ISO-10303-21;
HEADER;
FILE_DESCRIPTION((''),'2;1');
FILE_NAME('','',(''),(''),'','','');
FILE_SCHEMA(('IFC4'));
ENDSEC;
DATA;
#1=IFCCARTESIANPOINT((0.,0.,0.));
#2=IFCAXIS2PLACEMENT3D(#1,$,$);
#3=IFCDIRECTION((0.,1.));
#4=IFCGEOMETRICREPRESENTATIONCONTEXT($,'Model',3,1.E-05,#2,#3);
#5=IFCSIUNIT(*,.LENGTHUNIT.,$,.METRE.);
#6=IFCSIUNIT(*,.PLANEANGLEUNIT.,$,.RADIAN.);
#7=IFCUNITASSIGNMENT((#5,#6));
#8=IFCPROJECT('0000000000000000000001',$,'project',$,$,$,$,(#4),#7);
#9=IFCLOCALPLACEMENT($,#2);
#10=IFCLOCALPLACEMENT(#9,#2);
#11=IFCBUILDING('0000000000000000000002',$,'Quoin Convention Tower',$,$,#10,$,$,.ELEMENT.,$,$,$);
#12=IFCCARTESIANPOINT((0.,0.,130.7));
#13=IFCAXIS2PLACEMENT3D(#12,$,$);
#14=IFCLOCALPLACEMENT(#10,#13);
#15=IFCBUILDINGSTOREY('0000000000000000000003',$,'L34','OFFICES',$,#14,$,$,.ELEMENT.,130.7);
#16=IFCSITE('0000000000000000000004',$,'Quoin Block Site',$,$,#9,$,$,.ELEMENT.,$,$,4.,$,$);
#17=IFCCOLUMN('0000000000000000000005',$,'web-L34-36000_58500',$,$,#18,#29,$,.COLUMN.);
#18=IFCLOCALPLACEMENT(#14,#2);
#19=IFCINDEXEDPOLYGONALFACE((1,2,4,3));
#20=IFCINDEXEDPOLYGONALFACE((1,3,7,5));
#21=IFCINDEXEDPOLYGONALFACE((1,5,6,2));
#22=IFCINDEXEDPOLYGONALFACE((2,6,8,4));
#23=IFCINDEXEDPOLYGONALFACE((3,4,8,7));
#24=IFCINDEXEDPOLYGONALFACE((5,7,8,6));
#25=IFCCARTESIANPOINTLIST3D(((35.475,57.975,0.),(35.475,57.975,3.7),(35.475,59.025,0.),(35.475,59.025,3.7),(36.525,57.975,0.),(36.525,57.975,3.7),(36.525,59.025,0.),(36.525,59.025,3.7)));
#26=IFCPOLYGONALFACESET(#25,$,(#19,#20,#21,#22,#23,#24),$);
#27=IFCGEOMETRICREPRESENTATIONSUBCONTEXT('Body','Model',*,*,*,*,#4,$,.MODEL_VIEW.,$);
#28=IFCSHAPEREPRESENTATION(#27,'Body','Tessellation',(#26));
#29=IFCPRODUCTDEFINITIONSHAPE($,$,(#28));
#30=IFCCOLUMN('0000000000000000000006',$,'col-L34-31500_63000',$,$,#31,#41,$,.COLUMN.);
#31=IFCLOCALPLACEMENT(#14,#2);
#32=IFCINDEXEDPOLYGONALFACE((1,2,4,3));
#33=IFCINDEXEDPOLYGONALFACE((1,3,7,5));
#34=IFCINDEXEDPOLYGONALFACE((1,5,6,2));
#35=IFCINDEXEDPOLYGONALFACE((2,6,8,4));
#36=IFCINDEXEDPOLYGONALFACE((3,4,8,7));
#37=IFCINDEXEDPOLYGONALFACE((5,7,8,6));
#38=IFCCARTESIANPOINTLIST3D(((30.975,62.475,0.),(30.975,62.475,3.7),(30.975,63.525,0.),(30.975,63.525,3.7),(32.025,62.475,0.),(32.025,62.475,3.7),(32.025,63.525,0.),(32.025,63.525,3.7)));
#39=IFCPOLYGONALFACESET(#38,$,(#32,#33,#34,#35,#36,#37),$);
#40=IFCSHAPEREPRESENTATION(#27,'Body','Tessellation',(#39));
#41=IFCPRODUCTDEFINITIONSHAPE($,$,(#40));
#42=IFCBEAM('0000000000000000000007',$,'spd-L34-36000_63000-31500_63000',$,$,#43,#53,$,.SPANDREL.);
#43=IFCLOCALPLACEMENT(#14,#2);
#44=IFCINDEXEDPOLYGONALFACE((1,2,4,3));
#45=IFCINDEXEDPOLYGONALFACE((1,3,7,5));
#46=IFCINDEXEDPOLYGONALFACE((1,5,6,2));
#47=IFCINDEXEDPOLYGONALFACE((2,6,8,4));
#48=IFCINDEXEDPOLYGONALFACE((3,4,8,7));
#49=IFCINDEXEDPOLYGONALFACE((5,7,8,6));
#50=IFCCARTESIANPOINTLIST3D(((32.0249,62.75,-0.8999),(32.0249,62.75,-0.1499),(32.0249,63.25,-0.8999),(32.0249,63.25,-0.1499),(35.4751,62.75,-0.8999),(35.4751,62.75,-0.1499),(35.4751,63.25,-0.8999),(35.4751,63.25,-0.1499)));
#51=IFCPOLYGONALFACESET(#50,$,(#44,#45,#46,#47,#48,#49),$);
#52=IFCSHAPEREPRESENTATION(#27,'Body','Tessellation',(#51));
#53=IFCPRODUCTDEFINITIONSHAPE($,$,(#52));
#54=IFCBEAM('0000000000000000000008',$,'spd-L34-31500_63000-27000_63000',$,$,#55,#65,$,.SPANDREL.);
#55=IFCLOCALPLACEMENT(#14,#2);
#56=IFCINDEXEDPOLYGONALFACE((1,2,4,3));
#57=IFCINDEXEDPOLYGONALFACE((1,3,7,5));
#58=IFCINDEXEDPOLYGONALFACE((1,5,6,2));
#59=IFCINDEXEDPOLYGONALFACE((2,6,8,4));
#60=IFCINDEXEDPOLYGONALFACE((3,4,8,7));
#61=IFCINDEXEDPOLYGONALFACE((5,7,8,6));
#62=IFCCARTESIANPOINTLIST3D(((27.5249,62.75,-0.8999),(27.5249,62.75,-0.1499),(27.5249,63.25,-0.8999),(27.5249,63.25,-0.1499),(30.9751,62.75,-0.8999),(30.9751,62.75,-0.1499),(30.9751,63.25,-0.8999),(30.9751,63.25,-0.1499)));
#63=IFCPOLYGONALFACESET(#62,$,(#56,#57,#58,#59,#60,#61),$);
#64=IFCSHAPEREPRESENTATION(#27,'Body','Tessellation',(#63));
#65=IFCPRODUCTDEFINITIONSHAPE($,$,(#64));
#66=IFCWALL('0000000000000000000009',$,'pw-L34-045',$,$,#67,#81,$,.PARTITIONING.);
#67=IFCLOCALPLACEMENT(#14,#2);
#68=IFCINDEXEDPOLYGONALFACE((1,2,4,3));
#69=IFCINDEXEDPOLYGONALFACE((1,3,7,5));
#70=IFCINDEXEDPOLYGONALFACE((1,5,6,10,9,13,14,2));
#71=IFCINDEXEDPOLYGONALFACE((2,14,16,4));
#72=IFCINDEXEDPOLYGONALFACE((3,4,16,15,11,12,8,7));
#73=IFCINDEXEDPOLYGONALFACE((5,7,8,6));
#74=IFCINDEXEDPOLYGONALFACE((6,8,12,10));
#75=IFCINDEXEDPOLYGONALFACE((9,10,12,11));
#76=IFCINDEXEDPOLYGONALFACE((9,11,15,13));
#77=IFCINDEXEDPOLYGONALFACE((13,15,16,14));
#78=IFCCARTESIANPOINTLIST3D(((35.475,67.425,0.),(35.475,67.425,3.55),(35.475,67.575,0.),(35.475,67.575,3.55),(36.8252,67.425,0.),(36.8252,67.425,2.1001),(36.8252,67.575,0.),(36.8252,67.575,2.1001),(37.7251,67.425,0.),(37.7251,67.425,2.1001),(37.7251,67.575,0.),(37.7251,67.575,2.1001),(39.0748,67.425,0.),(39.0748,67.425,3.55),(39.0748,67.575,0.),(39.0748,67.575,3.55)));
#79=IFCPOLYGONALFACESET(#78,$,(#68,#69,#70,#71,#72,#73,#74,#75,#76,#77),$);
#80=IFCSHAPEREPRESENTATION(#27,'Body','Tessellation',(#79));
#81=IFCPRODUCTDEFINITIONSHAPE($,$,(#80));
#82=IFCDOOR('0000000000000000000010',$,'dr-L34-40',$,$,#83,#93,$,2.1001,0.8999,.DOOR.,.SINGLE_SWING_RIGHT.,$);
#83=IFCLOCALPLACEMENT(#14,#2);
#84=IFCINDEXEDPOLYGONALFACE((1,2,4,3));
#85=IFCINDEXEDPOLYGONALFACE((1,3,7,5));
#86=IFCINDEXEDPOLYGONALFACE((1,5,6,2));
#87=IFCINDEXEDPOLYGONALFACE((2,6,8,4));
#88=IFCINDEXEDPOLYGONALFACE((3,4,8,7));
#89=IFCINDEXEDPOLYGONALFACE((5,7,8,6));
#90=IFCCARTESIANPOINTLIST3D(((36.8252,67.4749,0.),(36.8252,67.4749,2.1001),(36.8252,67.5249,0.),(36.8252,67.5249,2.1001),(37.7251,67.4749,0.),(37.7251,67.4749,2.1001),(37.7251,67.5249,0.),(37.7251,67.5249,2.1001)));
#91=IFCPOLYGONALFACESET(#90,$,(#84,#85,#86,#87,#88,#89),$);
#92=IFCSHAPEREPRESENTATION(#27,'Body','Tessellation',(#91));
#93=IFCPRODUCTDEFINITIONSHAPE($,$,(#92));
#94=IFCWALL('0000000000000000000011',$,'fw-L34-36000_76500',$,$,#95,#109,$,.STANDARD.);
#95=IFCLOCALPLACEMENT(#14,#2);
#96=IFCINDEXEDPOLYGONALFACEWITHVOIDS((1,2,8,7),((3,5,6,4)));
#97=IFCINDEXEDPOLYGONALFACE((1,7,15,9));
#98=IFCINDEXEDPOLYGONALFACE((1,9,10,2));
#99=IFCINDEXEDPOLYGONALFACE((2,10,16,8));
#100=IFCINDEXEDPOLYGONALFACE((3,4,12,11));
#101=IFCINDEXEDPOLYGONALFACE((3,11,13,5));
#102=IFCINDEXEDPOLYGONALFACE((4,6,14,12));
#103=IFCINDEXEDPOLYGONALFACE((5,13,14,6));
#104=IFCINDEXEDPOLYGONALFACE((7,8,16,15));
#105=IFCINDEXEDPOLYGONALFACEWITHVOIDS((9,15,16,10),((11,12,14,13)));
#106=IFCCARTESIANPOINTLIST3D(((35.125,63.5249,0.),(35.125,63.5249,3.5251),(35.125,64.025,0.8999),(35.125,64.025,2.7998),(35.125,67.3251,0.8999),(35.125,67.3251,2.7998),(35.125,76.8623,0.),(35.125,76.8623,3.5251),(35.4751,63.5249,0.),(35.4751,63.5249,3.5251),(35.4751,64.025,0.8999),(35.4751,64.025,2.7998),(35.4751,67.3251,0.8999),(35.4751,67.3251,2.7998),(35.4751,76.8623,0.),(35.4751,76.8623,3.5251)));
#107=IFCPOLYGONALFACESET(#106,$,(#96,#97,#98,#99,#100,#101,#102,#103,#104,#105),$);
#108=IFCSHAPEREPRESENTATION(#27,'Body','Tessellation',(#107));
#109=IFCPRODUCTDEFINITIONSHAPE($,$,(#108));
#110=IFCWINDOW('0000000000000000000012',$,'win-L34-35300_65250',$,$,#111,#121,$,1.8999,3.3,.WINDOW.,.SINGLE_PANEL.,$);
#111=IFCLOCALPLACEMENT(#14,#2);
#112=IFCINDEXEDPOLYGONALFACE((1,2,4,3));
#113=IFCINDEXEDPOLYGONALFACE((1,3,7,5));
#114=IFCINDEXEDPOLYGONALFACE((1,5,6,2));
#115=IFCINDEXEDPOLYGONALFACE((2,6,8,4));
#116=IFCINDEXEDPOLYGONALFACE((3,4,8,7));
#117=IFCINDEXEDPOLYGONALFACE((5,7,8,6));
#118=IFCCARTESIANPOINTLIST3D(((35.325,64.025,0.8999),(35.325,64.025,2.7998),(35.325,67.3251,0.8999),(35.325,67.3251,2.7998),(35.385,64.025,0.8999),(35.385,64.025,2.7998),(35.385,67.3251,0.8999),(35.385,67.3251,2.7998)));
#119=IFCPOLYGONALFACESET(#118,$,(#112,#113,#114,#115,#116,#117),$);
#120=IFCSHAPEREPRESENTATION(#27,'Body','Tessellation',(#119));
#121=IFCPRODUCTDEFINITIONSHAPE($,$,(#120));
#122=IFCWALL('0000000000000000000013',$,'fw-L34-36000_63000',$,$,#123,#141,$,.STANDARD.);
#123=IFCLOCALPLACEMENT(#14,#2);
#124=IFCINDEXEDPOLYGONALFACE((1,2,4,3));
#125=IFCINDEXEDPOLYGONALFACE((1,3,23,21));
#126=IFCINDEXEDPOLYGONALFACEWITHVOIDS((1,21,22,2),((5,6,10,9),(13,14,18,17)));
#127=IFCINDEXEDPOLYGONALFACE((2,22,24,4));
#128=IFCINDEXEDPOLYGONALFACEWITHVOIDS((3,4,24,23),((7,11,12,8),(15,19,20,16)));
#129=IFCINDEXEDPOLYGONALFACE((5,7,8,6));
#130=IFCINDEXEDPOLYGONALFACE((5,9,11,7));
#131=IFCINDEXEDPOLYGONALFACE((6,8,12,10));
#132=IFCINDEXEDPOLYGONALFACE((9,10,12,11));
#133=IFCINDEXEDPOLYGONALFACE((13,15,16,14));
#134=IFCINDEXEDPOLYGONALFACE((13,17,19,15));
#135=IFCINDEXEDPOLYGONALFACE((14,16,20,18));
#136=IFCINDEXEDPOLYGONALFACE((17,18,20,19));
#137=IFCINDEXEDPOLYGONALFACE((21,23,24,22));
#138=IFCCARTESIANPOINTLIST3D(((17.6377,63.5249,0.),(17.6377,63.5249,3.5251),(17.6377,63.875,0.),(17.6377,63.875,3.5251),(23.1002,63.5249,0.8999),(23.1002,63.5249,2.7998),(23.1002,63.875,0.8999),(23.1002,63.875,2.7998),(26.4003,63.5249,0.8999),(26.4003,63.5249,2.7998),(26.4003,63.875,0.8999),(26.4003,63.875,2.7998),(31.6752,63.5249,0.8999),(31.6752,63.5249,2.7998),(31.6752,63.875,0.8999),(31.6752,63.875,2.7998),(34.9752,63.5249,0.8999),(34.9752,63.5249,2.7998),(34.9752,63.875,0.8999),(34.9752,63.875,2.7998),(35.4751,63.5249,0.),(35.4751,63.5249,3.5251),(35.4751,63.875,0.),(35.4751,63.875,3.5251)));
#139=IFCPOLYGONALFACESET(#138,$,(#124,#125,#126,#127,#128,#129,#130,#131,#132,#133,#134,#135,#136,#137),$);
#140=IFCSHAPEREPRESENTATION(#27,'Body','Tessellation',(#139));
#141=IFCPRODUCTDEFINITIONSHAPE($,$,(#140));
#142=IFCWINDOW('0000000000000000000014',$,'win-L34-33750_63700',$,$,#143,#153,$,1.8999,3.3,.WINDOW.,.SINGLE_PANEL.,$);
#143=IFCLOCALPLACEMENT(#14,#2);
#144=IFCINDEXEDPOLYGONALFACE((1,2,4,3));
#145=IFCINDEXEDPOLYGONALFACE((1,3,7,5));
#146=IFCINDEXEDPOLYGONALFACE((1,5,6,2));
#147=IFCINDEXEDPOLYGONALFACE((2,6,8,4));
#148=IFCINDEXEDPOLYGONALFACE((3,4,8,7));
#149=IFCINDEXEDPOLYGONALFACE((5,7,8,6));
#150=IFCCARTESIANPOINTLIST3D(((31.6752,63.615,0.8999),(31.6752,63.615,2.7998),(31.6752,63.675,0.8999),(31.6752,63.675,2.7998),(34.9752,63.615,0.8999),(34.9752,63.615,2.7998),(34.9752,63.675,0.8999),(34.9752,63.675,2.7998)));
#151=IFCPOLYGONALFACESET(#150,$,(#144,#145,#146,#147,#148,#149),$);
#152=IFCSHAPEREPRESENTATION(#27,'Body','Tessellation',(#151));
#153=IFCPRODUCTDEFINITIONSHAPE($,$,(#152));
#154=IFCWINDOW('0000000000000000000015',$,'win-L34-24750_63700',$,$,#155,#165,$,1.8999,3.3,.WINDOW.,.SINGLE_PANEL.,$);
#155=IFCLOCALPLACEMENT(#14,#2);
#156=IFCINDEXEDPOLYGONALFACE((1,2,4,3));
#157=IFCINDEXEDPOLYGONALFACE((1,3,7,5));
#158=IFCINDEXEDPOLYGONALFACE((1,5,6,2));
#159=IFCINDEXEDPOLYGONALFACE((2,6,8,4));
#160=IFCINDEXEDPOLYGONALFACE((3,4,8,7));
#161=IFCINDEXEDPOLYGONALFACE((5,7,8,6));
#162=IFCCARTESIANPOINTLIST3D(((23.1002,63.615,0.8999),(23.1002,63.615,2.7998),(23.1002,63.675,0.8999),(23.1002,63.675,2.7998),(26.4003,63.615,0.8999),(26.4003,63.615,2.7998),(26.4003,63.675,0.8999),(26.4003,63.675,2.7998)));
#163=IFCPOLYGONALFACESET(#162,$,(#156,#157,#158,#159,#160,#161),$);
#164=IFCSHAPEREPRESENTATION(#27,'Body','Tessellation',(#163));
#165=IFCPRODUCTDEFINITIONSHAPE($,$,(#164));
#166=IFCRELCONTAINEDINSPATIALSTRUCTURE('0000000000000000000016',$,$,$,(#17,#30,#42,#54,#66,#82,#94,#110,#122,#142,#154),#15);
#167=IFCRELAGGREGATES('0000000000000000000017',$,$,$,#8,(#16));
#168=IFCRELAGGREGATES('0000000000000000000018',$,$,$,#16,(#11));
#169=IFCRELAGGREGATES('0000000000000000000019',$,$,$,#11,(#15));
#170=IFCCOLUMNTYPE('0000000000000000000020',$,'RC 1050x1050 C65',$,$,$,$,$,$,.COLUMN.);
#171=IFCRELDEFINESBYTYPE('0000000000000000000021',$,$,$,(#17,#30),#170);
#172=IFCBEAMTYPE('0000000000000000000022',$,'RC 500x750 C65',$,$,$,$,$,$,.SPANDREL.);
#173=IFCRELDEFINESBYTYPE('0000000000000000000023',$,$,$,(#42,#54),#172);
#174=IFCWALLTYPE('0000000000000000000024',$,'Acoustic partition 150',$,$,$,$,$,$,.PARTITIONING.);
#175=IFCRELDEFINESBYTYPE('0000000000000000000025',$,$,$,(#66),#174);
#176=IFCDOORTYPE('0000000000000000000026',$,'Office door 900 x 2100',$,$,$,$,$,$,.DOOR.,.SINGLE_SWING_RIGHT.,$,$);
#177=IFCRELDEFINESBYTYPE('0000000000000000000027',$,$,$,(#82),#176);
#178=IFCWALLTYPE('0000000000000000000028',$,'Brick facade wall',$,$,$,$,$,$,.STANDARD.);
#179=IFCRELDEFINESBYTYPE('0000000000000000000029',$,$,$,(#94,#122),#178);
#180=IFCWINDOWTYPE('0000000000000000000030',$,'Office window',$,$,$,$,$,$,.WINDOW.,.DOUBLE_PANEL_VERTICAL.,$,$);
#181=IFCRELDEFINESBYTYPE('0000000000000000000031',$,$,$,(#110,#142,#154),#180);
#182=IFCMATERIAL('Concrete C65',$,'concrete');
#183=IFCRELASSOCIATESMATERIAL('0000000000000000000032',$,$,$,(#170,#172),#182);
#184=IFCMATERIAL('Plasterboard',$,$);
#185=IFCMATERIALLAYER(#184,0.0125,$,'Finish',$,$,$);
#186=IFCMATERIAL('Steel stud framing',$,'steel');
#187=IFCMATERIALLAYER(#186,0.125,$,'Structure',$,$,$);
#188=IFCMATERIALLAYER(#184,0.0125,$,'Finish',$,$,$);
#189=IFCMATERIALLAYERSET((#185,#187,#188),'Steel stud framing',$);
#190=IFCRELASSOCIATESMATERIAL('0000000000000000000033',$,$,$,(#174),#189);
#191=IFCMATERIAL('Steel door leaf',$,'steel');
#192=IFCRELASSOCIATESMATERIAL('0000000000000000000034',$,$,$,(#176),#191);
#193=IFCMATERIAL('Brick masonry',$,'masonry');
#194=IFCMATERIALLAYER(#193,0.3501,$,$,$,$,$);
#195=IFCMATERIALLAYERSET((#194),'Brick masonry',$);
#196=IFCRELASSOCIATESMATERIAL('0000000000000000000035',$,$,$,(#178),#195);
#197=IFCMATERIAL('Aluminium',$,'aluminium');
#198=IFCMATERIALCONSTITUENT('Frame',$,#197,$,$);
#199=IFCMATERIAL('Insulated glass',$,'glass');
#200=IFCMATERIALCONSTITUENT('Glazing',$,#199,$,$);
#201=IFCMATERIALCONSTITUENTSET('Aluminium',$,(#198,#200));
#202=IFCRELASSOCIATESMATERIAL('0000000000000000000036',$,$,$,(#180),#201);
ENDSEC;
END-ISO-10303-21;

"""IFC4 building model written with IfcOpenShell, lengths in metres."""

from ifc_helpers import new_model, si_unit, direction, frame, frame_2d, origin, origin_2d, place, context, subcontext, project, spatial, rectangle, extrude, material, layer, layer_set, constituent, constituent_set, material_profile, profile_set, type_object, element, fill, save


model = new_model("IFC4")

# Units and contexts
model_context = context("Model", 3, precision=1e-05, world=origin(), true_north=direction((0.0, 1.0)))
body_context = subcontext(model_context, "Body", "Model", "MODEL_VIEW")
ifc_project = project(units=[si_unit("LENGTHUNIT", "METRE"), si_unit("PLANEANGLEUNIT", "RADIAN")], contexts=[model_context])

# Site, building, storey
site_placement = place(None, origin())
site = spatial("IfcSite", under=ifc_project, at=site_placement, Name="Quoin Block Site", CompositionType="ELEMENT", RefElevation=4.0)
building_placement = place(site_placement, origin())
building = spatial("IfcBuilding", under=site, at=building_placement, Name="Quoin Convention Tower", CompositionType="ELEMENT")
storey_placement = place(building_placement, frame((0.0, 0.0, 130.7)))
storey = spatial("IfcBuildingStorey", under=building, at=storey_placement, Name="L34", Description="OFFICES", CompositionType="ELEMENT", Elevation=130.7)

# Columns
ifc_material_1 = material(Name="Concrete C65", Category="concrete")
ifc_material_profile_1 = material_profile(ifc_material_1, rectangle(XDim=1.05, YDim=1.05, at=origin_2d()), Name="RC 1050x1050")
ifc_profile_set_1 = profile_set([ifc_material_profile_1], Name="Concrete C65")
column_type = type_object("IfcColumnType", Name="RC 1050x1050 C65", PredefinedType="COLUMN", material=ifc_profile_set_1)
for number, where, z_axis, x_axis, name in (
    (1, (36.0, 58.5, 0.0), (0.0, 0.0, 1.0), (1.0, 0.0, 0.0), "web-L34-36000_58500"),
    (2, (31.5, 63.0, 0.0), (0.0, 0.0, 1.0), (1.0, 0.0, 0.0), "col-L34-31500_63000"),
):
    element("IfcColumn", number, at=place(storey_placement, frame(where, z_axis=z_axis, x_axis=x_axis)), inside=storey, type_object=column_type, Name=name, PredefinedType="COLUMN", context=body_context, shape_type="SweptSolid", body=[
        extrude(rectangle(XDim=1.05, YDim=1.05, at=origin_2d()), origin(), (0.0, 0.0, 1.0), 3.7),
    ])

# Beams
ifc_material_profile_2 = material_profile(ifc_material_1, rectangle(XDim=0.5, YDim=0.75, at=origin_2d()), Name="RC 500x750")
ifc_profile_set_2 = profile_set([ifc_material_profile_2], Name="Concrete C65")
beam_type = type_object("IfcBeamType", Name="RC 500x750 C65", PredefinedType="SPANDREL", material=ifc_profile_set_2)
for number, where, z_axis, x_axis, name in (
    (3, (35.4751, 63.0, -0.5249), (-1.0, 0.0, 0.0), (0.0, -1.0, 0.0), "spd-L34-36000_63000-31500_63000"),
    (4, (30.9751, 63.0, -0.5249), (-1.0, 0.0, 0.0), (0.0, -1.0, 0.0), "spd-L34-31500_63000-27000_63000"),
):
    element("IfcBeam", number, at=place(storey_placement, frame(where, z_axis=z_axis, x_axis=x_axis)), inside=storey, type_object=beam_type, Name=name, PredefinedType="SPANDREL", context=body_context, shape_type="SweptSolid", body=[
        extrude(rectangle(XDim=0.5, YDim=0.75, at=origin_2d()), origin(), (0.0, 0.0, 1.0), 3.4502),
    ])

# Wall, opening, door
ifc_material_2 = material(Name="Plasterboard")
ifc_layer_1 = layer(ifc_material_2, 0.0125, Name="Finish")
ifc_material_3 = material(Name="Steel stud framing", Category="steel")
ifc_layer_2 = layer(ifc_material_3, 0.125, Name="Structure")
ifc_layer_3 = layer(ifc_material_2, 0.0125, Name="Finish")
ifc_layer_set_1 = layer_set([ifc_layer_1, ifc_layer_2, ifc_layer_3], Name="Steel stud framing")
wall_type_1 = type_object("IfcWallType", Name="Acoustic partition 150", PredefinedType="PARTITIONING", material=ifc_layer_set_1)
wall_1_placement = place(storey_placement, frame((35.4751, 67.5, 0.0), z_axis=(0.0, 0.0, 1.0), x_axis=(1.0, 0.0, 0.0)))
wall_1 = element("IfcWall", 5, at=wall_1_placement, inside=storey, type_object=wall_type_1, Name="pw-L34-045", PredefinedType="PARTITIONING", context=body_context, shape_type="SweptSolid", body=[
    extrude(rectangle(XDim=3.5999, YDim=0.1499, at=frame_2d((1.7998, 0.0))), origin(), (0.0, 0.0, 1.0), 3.55),
])
opening_1_placement = place(wall_1_placement, frame((1.3501, 0.0, 0.0)))
opening_1 = element("IfcOpeningElement", 6, at=opening_1_placement, cuts=wall_1, PredefinedType="OPENING", context=body_context, shape_type="SweptSolid", body=[
    extrude(rectangle(XDim=0.8999, YDim=2.1001, at=frame_2d((0.45, 1.05))), frame((0.0, 0.085, 0.0), z_axis=(0.0, -1.0, 0.0), x_axis=(1.0, 0.0, 0.0)), (0.0, 0.0, 1.0), 0.1699),
])
ifc_material_4 = material(Name="Steel door leaf", Category="steel")
door_type_1 = type_object("IfcDoorType", Name="Office door 900 x 2100", OperationType="SINGLE_SWING_RIGHT", PredefinedType="DOOR", material=ifc_material_4)
door_1_placement = place(opening_1_placement, origin())
door_1 = element("IfcDoor", 7, at=door_1_placement, inside=storey, type_object=door_type_1, Name="dr-L34-40", OperationType="SINGLE_SWING_RIGHT", OverallHeight=2.1001, OverallWidth=0.8999, PredefinedType="DOOR", context=body_context, shape_type="SweptSolid", body=[
    extrude(rectangle(XDim=0.8999, YDim=2.1001, at=frame_2d((0.45, 1.05))), frame((0.0, 0.0249, 0.0), z_axis=(0.0, -1.0, 0.0), x_axis=(1.0, 0.0, 0.0)), (0.0, 0.0, 1.0), 0.05),
])
fill(opening_1, door_1)

# Wall, opening, window
ifc_material_5 = material(Name="Brick masonry", Category="masonry")
ifc_layer_4 = layer(ifc_material_5, 0.3501)
ifc_layer_set_2 = layer_set([ifc_layer_4], Name="Brick masonry")
wall_type_2 = type_object("IfcWallType", Name="Brick facade wall", PredefinedType="STANDARD", material=ifc_layer_set_2)
wall_2_placement = place(storey_placement, frame((35.3, 76.8623, 0.0), z_axis=(0.0, 0.0, 1.0), x_axis=(0.0, -1.0, 0.0)))
wall_2 = element("IfcWall", 8, at=wall_2_placement, inside=storey, type_object=wall_type_2, Name="fw-L34-36000_76500", PredefinedType="STANDARD", context=body_context, shape_type="SweptSolid", body=[
    extrude(rectangle(XDim=13.3374, YDim=0.3501, at=frame_2d((6.6687, 0.0))), origin(), (0.0, 0.0, 1.0), 3.5251),
])
opening_2_placement = place(wall_2_placement, frame((9.5374, 0.0, 0.8999)))
opening_2 = element("IfcOpeningElement", 9, at=opening_2_placement, cuts=wall_2, PredefinedType="OPENING", context=body_context, shape_type="SweptSolid", body=[
    extrude(rectangle(XDim=3.3, YDim=1.8999, at=frame_2d((1.6499, 0.95))), frame((0.0, 0.1851, 0.0), z_axis=(0.0, -1.0, 0.0), x_axis=(1.0, 0.0, 0.0)), (0.0, 0.0, 1.0), 0.3701),
])
ifc_material_6 = material(Name="Aluminium", Category="aluminium")
ifc_constituent_1 = constituent(ifc_material_6, Name="Frame")
ifc_material_7 = material(Name="Insulated glass", Category="glass")
ifc_constituent_2 = constituent(ifc_material_7, Name="Glazing")
ifc_constituent_set = constituent_set(constituents=[ifc_constituent_1, ifc_constituent_2], Name="Aluminium")
window_type = type_object("IfcWindowType", Name="Office window", PartitioningType="DOUBLE_PANEL_VERTICAL", PredefinedType="WINDOW", material=ifc_constituent_set)
window_1_placement = place(opening_2_placement, origin())
window_1 = element("IfcWindow", 10, at=window_1_placement, inside=storey, type_object=window_type, Name="win-L34-35300_65250", OverallHeight=1.8999, OverallWidth=3.3, PartitioningType="SINGLE_PANEL", PredefinedType="WINDOW", context=body_context, shape_type="SweptSolid", body=[
    extrude(rectangle(XDim=3.3, YDim=1.8999, at=frame_2d((1.6499, 0.95))), frame((0.0, 0.085, 0.0), z_axis=(0.0, -1.0, 0.0), x_axis=(1.0, 0.0, 0.0)), (0.0, 0.0, 1.0), 0.0601),
])
fill(opening_2, window_1)

# Wall, openings, windows
wall_3_placement = place(storey_placement, frame((35.4751, 63.7, 0.0), z_axis=(0.0, 0.0, 1.0), x_axis=(-1.0, 0.0, 0.0)))
wall_3 = element("IfcWall", 11, at=wall_3_placement, inside=storey, type_object=wall_type_2, Name="fw-L34-36000_63000", PredefinedType="STANDARD", context=body_context, shape_type="SweptSolid", body=[
    extrude(rectangle(XDim=17.8374, YDim=0.3501, at=frame_2d((8.9187, 0.0))), origin(), (0.0, 0.0, 1.0), 3.5251),
])
opening_3_placement = place(wall_3_placement, frame((0.5, 0.0, 0.8999)))
opening_3 = element("IfcOpeningElement", 12, at=opening_3_placement, cuts=wall_3, PredefinedType="OPENING", context=body_context, shape_type="SweptSolid", body=[
    extrude(rectangle(XDim=3.3, YDim=1.8999, at=frame_2d((1.6499, 0.95))), frame((0.0, 0.1851, 0.0), z_axis=(0.0, -1.0, 0.0), x_axis=(1.0, 0.0, 0.0)), (0.0, 0.0, 1.0), 0.3701),
])
opening_4_placement = place(wall_3_placement, frame((9.075, 0.0, 0.8999)))
opening_4 = element("IfcOpeningElement", 13, at=opening_4_placement, cuts=wall_3, PredefinedType="OPENING", context=body_context, shape_type="SweptSolid", body=[
    extrude(rectangle(XDim=3.3, YDim=1.8999, at=frame_2d((1.6499, 0.95))), frame((0.0, 0.1851, 0.0), z_axis=(0.0, -1.0, 0.0), x_axis=(1.0, 0.0, 0.0)), (0.0, 0.0, 1.0), 0.3701),
])
window_2_placement = place(opening_3_placement, origin())
window_2 = element("IfcWindow", 14, at=window_2_placement, inside=storey, type_object=window_type, Name="win-L34-33750_63700", OverallHeight=1.8999, OverallWidth=3.3, PartitioningType="SINGLE_PANEL", PredefinedType="WINDOW", context=body_context, shape_type="SweptSolid", body=[
    extrude(rectangle(XDim=3.3, YDim=1.8999, at=frame_2d((1.6499, 0.95))), frame((0.0, 0.085, 0.0), z_axis=(0.0, -1.0, 0.0), x_axis=(1.0, 0.0, 0.0)), (0.0, 0.0, 1.0), 0.0601),
])
fill(opening_3, window_2)
window_3_placement = place(opening_4_placement, origin())
window_3 = element("IfcWindow", 15, at=window_3_placement, inside=storey, type_object=window_type, Name="win-L34-24750_63700", OverallHeight=1.8999, OverallWidth=3.3, PartitioningType="SINGLE_PANEL", PredefinedType="WINDOW", context=body_context, shape_type="SweptSolid", body=[
    extrude(rectangle(XDim=3.3, YDim=1.8999, at=frame_2d((1.6499, 0.95))), frame((0.0, 0.085, 0.0), z_axis=(0.0, -1.0, 0.0), x_axis=(1.0, 0.0, 0.0)), (0.0, 0.0, 1.0), 0.0601),
])
fill(opening_4, window_3)

save(model, "model.ifc")
